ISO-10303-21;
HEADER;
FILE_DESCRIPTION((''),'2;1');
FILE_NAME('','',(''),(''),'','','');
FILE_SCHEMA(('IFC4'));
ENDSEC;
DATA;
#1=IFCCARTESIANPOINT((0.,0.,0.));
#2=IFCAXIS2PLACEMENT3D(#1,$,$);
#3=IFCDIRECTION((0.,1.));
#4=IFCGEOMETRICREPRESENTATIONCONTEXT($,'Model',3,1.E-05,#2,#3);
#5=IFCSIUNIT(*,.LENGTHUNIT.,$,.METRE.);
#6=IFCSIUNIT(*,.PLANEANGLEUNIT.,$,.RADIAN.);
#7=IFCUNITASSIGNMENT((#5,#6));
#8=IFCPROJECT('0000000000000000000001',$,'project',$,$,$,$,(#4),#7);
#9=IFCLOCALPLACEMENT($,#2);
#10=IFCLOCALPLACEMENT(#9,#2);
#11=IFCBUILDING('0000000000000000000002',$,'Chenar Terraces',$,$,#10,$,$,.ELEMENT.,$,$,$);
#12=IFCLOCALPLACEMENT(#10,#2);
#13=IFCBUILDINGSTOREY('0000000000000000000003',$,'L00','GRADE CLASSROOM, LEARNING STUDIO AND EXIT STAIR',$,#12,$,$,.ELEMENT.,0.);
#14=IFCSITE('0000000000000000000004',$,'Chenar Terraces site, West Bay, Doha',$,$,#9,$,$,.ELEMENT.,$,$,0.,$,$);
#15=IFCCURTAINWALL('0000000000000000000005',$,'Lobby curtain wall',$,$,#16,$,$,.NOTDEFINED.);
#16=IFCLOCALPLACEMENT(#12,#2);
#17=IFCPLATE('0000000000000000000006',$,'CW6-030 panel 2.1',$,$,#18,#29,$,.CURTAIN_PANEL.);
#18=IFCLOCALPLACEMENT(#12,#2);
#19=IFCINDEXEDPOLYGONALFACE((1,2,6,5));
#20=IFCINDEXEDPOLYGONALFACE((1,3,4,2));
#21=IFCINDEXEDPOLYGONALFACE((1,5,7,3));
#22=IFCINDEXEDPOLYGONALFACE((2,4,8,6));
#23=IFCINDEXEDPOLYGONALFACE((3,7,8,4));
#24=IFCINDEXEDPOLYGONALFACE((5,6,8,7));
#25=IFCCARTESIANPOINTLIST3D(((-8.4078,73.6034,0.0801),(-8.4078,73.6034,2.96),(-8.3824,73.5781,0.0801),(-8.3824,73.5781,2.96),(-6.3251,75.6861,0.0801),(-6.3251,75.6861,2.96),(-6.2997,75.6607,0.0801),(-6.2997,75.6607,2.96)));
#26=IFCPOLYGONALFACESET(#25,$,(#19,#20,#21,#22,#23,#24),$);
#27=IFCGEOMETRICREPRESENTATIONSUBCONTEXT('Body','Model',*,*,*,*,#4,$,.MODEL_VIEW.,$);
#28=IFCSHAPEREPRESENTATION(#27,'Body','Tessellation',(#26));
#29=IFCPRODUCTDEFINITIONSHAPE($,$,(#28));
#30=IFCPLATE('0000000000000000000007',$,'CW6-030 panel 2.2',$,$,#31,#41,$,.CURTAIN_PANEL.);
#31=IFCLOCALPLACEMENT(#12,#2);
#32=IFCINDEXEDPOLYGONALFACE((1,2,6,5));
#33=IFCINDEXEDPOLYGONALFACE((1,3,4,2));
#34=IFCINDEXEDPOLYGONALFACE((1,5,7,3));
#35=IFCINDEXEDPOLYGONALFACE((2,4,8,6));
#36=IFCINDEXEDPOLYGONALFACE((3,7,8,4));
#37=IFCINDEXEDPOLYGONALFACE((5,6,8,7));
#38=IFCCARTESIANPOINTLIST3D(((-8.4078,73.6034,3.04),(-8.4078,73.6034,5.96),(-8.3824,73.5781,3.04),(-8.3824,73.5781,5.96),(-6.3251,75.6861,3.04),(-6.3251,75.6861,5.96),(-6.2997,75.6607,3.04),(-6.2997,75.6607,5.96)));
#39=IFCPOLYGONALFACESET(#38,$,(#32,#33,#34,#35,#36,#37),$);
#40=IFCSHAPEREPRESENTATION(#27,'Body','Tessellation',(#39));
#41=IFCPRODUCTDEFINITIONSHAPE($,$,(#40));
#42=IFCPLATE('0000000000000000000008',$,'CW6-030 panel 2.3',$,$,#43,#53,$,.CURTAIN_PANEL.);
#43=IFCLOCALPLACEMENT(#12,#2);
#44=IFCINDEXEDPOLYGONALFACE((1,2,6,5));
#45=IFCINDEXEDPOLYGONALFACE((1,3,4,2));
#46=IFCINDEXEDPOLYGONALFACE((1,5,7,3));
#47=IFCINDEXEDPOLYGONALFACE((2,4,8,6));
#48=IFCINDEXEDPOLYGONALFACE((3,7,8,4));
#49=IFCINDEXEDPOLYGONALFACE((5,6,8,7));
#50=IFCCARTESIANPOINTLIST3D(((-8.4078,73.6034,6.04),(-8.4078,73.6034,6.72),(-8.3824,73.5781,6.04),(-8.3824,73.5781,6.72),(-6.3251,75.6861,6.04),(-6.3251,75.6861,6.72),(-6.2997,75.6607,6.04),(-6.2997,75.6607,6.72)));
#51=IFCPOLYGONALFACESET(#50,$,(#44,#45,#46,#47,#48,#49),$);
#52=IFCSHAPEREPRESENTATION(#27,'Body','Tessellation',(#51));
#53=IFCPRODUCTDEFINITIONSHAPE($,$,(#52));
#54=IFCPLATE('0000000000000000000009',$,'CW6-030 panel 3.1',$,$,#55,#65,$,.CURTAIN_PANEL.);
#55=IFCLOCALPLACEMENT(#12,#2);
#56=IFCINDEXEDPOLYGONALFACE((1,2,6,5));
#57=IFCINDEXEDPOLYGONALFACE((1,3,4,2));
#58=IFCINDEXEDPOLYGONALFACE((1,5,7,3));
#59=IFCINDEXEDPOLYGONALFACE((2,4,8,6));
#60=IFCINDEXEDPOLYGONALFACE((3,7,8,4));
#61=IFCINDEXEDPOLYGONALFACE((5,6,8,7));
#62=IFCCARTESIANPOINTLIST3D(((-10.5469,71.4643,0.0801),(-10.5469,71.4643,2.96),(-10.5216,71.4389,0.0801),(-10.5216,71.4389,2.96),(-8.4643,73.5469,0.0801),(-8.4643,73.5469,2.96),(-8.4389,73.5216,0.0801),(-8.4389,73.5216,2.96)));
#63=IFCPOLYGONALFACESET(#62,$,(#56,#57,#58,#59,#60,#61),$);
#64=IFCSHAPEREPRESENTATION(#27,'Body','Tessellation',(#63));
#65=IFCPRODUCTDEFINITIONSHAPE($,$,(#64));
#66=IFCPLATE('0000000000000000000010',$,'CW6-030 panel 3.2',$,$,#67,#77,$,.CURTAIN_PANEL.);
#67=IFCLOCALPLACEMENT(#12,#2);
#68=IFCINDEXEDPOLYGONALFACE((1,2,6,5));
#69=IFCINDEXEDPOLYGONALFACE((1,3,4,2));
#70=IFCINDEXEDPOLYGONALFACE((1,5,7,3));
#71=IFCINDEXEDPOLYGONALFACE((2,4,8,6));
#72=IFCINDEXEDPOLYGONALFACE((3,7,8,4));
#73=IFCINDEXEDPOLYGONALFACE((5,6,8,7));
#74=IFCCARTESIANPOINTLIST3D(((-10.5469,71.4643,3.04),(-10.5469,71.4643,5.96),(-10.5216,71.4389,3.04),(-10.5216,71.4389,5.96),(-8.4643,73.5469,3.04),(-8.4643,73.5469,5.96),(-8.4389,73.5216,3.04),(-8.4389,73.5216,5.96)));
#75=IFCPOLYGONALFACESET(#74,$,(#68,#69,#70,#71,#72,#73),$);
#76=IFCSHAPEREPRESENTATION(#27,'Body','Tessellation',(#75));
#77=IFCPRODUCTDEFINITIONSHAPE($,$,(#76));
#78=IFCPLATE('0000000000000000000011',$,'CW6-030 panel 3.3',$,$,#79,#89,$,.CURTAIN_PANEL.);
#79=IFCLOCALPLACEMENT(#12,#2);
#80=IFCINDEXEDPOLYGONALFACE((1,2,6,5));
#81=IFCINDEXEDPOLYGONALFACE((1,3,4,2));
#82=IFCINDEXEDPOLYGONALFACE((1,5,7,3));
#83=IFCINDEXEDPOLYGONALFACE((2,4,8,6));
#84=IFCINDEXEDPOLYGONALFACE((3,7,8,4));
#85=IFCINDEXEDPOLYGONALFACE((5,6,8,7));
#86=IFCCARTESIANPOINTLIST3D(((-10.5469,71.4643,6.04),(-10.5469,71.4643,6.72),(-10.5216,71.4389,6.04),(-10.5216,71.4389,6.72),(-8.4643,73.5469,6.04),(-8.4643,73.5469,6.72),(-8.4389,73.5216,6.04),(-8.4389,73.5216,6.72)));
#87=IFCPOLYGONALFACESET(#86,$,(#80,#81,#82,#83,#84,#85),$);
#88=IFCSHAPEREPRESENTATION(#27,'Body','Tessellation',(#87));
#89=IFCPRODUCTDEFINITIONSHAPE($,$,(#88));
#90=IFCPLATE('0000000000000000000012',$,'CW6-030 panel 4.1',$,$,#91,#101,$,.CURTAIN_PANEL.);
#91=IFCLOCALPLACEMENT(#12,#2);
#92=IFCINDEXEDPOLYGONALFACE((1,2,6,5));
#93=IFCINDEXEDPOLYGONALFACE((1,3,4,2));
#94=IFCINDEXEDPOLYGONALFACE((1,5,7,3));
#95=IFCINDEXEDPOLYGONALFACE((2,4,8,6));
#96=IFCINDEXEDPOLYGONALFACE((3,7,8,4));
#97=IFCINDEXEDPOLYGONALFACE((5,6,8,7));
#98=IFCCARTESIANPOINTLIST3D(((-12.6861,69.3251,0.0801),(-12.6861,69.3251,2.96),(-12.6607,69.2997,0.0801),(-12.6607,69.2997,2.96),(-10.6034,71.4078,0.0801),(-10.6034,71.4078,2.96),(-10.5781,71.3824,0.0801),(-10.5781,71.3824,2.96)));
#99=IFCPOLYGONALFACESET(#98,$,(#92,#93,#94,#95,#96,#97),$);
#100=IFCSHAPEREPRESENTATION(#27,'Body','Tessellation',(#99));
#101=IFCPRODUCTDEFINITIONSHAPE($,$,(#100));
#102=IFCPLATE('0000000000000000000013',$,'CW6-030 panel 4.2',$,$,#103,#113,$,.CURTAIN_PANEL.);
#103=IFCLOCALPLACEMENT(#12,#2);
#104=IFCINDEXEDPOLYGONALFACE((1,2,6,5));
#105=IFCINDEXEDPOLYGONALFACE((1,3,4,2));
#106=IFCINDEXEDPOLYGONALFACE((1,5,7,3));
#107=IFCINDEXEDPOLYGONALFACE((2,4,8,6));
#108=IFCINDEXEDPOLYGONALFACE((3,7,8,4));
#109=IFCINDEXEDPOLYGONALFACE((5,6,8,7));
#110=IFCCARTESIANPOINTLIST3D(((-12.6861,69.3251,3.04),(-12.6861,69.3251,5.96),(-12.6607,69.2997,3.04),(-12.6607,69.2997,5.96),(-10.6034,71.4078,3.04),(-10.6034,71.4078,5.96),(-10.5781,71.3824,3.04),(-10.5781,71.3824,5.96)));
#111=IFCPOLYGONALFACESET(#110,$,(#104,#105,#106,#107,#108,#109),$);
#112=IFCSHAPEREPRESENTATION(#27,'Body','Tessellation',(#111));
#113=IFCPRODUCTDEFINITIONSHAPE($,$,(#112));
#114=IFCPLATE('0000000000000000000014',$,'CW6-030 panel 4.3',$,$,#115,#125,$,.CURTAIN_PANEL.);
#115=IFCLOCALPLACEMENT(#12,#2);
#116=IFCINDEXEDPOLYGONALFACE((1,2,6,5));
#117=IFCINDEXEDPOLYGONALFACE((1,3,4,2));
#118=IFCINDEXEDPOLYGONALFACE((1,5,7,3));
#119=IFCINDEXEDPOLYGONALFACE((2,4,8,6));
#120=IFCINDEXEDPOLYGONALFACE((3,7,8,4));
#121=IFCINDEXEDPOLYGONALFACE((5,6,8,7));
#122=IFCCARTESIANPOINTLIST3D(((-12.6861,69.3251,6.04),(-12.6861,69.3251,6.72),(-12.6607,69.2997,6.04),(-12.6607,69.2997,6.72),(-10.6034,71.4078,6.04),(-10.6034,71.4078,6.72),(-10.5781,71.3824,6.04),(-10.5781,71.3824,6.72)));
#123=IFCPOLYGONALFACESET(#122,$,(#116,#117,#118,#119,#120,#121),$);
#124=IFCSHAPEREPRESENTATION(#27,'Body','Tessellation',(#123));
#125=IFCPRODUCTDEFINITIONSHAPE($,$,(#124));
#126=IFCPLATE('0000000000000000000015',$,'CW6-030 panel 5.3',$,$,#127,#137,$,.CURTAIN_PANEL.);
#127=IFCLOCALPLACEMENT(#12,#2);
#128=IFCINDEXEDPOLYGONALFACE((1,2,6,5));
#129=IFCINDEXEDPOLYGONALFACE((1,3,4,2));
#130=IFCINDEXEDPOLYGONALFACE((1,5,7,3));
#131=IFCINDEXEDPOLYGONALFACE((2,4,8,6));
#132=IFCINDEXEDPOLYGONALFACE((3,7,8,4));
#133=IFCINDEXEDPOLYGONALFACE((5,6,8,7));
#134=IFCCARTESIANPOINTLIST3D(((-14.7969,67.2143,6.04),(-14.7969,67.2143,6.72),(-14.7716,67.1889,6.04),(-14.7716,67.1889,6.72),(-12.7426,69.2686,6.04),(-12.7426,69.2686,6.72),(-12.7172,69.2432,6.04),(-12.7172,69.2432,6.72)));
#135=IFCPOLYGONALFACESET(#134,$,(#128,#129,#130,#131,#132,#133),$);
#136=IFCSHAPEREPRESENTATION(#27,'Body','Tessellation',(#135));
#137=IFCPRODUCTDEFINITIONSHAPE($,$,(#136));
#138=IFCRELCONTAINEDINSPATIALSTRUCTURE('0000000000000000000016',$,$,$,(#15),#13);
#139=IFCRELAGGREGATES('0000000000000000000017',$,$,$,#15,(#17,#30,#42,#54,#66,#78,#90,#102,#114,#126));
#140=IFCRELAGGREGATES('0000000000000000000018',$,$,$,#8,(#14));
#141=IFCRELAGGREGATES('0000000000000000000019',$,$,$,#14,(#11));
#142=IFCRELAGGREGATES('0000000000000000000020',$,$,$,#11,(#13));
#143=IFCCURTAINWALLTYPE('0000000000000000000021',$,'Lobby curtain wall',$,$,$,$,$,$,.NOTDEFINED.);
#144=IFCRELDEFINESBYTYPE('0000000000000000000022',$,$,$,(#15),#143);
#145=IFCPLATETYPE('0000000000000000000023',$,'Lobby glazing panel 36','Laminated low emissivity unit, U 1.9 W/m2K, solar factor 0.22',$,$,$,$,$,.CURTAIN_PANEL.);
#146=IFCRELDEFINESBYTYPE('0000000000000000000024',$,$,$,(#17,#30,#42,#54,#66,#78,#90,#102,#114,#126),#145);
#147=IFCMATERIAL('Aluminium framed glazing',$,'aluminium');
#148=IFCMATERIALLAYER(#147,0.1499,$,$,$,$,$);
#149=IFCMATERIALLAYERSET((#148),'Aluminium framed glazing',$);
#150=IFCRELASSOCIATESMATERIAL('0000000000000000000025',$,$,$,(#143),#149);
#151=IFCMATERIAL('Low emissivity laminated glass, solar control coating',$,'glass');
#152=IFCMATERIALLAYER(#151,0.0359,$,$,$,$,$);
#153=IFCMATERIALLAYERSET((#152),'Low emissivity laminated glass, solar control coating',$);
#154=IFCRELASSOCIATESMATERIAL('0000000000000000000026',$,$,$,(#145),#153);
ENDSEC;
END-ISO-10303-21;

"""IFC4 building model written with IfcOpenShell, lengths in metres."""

from ifc_helpers import new_model, si_unit, direction, frame, origin, origin_2d, place, context, subcontext, project, spatial, rectangle, extrude, material, layer, layer_set, type_object, element, aggregate, save


model = new_model("IFC4")

# Units and contexts
model_context = context("Model", 3, precision=1e-05, world=origin(), true_north=direction((0.0, 1.0)))
body_context = subcontext(model_context, "Body", "Model", "MODEL_VIEW")
ifc_project = project(units=[si_unit("LENGTHUNIT", "METRE"), si_unit("PLANEANGLEUNIT", "RADIAN")], contexts=[model_context])

# Site, building, storey
site_placement = place(None, origin())
site = spatial("IfcSite", under=ifc_project, at=site_placement, Name="Chenar Terraces site, West Bay, Doha", CompositionType="ELEMENT", RefElevation=0.0)
building_placement = place(site_placement, origin())
building = spatial("IfcBuilding", under=site, at=building_placement, Name="Chenar Terraces", CompositionType="ELEMENT")
storey_placement = place(building_placement, origin())
storey = spatial("IfcBuildingStorey", under=building, at=storey_placement, Name="L00", Description="GRADE CLASSROOM, LEARNING STUDIO AND EXIT STAIR", CompositionType="ELEMENT", Elevation=0.0)

# Curtain wall, plates
ifc_material_1 = material(Name="Aluminium framed glazing", Category="aluminium")
ifc_layer_1 = layer(ifc_material_1, 0.1499)
ifc_layer_set_1 = layer_set([ifc_layer_1], Name="Aluminium framed glazing")
curtain_wall_type = type_object("IfcCurtainWallType", Name="Lobby curtain wall", PredefinedType="NOTDEFINED", material=ifc_layer_set_1)
curtain_wall_placement = place(storey_placement, origin())
curtain_wall = element("IfcCurtainWall", 1, at=curtain_wall_placement, inside=storey, type_object=curtain_wall_type, Name="Lobby curtain wall", PredefinedType="NOTDEFINED")
ifc_material_2 = material(Name="Low emissivity laminated glass, solar control coating", Category="glass")
ifc_layer_2 = layer(ifc_material_2, 0.0359)
ifc_layer_set_2 = layer_set([ifc_layer_2], Name="Low emissivity laminated glass, solar control coating")
plate_type = type_object("IfcPlateType", Name="Lobby glazing panel 36", Description="Laminated low emissivity unit, U 1.9 W/m2K, solar factor 0.22", PredefinedType="CURTAIN_PANEL", material=ifc_layer_set_2)
plate_1_placement = place(storey_placement, frame((-7.3538, 74.6321, 0.0801), z_axis=(0.0, 0.0, 1.0), x_axis=(-0.707107, -0.707107, 0.0)))
plate_1 = element("IfcPlate", 2, at=plate_1_placement, type_object=plate_type, Name="CW6-030 panel 2.1", PredefinedType="CURTAIN_PANEL", context=body_context, shape_type="SweptSolid", body=[
    extrude(rectangle(XDim=2.9453, YDim=0.0359, at=origin_2d()), origin(), (0.0, 0.0, 1.0), 2.8799),
])
plate_2_placement = place(storey_placement, frame((-7.3538, 74.6321, 3.04), z_axis=(0.0, 0.0, 1.0), x_axis=(-0.707107, -0.707107, 0.0)))
plate_2 = element("IfcPlate", 3, at=plate_2_placement, type_object=plate_type, Name="CW6-030 panel 2.2", PredefinedType="CURTAIN_PANEL", context=body_context, shape_type="SweptSolid", body=[
    extrude(rectangle(XDim=2.9453, YDim=0.0359, at=origin_2d()), origin(), (0.0, 0.0, 1.0), 2.9199),
])
plate_3_placement = place(storey_placement, frame((-7.3538, 74.6321, 6.04), z_axis=(0.0, 0.0, 1.0), x_axis=(-0.707107, -0.707107, 0.0)))
plate_3 = element("IfcPlate", 4, at=plate_3_placement, type_object=plate_type, Name="CW6-030 panel 2.3", PredefinedType="CURTAIN_PANEL", context=body_context, shape_type="SweptSolid", body=[
    extrude(rectangle(XDim=2.9453, YDim=0.0359, at=origin_2d()), origin(), (0.0, 0.0, 1.0), 0.6799),
])
plate_4_placement = place(storey_placement, frame((-9.4929, 72.4929, 0.0801), z_axis=(0.0, 0.0, 1.0), x_axis=(-0.707107, -0.707107, 0.0)))
plate_4 = element("IfcPlate", 5, at=plate_4_placement, type_object=plate_type, Name="CW6-030 panel 3.1", PredefinedType="CURTAIN_PANEL", context=body_context, shape_type="SweptSolid", body=[
    extrude(rectangle(XDim=2.9453, YDim=0.0359, at=origin_2d()), origin(), (0.0, 0.0, 1.0), 2.8799),
])
plate_5_placement = place(storey_placement, frame((-9.4929, 72.4929, 3.04), z_axis=(0.0, 0.0, 1.0), x_axis=(-0.707107, -0.707107, 0.0)))
plate_5 = element("IfcPlate", 6, at=plate_5_placement, type_object=plate_type, Name="CW6-030 panel 3.2", PredefinedType="CURTAIN_PANEL", context=body_context, shape_type="SweptSolid", body=[
    extrude(rectangle(XDim=2.9453, YDim=0.0359, at=origin_2d()), origin(), (0.0, 0.0, 1.0), 2.9199),
])
plate_6_placement = place(storey_placement, frame((-9.4929, 72.4929, 6.04), z_axis=(0.0, 0.0, 1.0), x_axis=(-0.707107, -0.707107, 0.0)))
plate_6 = element("IfcPlate", 7, at=plate_6_placement, type_object=plate_type, Name="CW6-030 panel 3.3", PredefinedType="CURTAIN_PANEL", context=body_context, shape_type="SweptSolid", body=[
    extrude(rectangle(XDim=2.9453, YDim=0.0359, at=origin_2d()), origin(), (0.0, 0.0, 1.0), 0.6799),
])
plate_7_placement = place(storey_placement, frame((-11.6321, 70.3538, 0.0801), z_axis=(0.0, 0.0, 1.0), x_axis=(-0.707107, -0.707107, 0.0)))
plate_7 = element("IfcPlate", 8, at=plate_7_placement, type_object=plate_type, Name="CW6-030 panel 4.1", PredefinedType="CURTAIN_PANEL", context=body_context, shape_type="SweptSolid", body=[
    extrude(rectangle(XDim=2.9453, YDim=0.0359, at=origin_2d()), origin(), (0.0, 0.0, 1.0), 2.8799),
])
plate_8_placement = place(storey_placement, frame((-11.6321, 70.3538, 3.04), z_axis=(0.0, 0.0, 1.0), x_axis=(-0.707107, -0.707107, 0.0)))
plate_8 = element("IfcPlate", 9, at=plate_8_placement, type_object=plate_type, Name="CW6-030 panel 4.2", PredefinedType="CURTAIN_PANEL", context=body_context, shape_type="SweptSolid", body=[
    extrude(rectangle(XDim=2.9453, YDim=0.0359, at=origin_2d()), origin(), (0.0, 0.0, 1.0), 2.9199),
])
plate_9_placement = place(storey_placement, frame((-11.6321, 70.3538, 6.04), z_axis=(0.0, 0.0, 1.0), x_axis=(-0.707107, -0.707107, 0.0)))
plate_9 = element("IfcPlate", 10, at=plate_9_placement, type_object=plate_type, Name="CW6-030 panel 4.3", PredefinedType="CURTAIN_PANEL", context=body_context, shape_type="SweptSolid", body=[
    extrude(rectangle(XDim=2.9453, YDim=0.0359, at=origin_2d()), origin(), (0.0, 0.0, 1.0), 0.6799),
])
plate_10_placement = place(storey_placement, frame((-13.7571, 68.2288, 6.04), z_axis=(0.0, 0.0, 1.0), x_axis=(-0.707107, -0.707107, 0.0)))
plate_10 = element("IfcPlate", 11, at=plate_10_placement, type_object=plate_type, Name="CW6-030 panel 5.3", PredefinedType="CURTAIN_PANEL", context=body_context, shape_type="SweptSolid", body=[
    extrude(rectangle(XDim=2.9053, YDim=0.0359, at=origin_2d()), origin(), (0.0, 0.0, 1.0), 0.6799),
])
aggregate(curtain_wall, [plate_1, plate_2, plate_3, plate_4, plate_5, plate_6, plate_7, plate_8, plate_9, plate_10])

save(model, "model.ifc")
